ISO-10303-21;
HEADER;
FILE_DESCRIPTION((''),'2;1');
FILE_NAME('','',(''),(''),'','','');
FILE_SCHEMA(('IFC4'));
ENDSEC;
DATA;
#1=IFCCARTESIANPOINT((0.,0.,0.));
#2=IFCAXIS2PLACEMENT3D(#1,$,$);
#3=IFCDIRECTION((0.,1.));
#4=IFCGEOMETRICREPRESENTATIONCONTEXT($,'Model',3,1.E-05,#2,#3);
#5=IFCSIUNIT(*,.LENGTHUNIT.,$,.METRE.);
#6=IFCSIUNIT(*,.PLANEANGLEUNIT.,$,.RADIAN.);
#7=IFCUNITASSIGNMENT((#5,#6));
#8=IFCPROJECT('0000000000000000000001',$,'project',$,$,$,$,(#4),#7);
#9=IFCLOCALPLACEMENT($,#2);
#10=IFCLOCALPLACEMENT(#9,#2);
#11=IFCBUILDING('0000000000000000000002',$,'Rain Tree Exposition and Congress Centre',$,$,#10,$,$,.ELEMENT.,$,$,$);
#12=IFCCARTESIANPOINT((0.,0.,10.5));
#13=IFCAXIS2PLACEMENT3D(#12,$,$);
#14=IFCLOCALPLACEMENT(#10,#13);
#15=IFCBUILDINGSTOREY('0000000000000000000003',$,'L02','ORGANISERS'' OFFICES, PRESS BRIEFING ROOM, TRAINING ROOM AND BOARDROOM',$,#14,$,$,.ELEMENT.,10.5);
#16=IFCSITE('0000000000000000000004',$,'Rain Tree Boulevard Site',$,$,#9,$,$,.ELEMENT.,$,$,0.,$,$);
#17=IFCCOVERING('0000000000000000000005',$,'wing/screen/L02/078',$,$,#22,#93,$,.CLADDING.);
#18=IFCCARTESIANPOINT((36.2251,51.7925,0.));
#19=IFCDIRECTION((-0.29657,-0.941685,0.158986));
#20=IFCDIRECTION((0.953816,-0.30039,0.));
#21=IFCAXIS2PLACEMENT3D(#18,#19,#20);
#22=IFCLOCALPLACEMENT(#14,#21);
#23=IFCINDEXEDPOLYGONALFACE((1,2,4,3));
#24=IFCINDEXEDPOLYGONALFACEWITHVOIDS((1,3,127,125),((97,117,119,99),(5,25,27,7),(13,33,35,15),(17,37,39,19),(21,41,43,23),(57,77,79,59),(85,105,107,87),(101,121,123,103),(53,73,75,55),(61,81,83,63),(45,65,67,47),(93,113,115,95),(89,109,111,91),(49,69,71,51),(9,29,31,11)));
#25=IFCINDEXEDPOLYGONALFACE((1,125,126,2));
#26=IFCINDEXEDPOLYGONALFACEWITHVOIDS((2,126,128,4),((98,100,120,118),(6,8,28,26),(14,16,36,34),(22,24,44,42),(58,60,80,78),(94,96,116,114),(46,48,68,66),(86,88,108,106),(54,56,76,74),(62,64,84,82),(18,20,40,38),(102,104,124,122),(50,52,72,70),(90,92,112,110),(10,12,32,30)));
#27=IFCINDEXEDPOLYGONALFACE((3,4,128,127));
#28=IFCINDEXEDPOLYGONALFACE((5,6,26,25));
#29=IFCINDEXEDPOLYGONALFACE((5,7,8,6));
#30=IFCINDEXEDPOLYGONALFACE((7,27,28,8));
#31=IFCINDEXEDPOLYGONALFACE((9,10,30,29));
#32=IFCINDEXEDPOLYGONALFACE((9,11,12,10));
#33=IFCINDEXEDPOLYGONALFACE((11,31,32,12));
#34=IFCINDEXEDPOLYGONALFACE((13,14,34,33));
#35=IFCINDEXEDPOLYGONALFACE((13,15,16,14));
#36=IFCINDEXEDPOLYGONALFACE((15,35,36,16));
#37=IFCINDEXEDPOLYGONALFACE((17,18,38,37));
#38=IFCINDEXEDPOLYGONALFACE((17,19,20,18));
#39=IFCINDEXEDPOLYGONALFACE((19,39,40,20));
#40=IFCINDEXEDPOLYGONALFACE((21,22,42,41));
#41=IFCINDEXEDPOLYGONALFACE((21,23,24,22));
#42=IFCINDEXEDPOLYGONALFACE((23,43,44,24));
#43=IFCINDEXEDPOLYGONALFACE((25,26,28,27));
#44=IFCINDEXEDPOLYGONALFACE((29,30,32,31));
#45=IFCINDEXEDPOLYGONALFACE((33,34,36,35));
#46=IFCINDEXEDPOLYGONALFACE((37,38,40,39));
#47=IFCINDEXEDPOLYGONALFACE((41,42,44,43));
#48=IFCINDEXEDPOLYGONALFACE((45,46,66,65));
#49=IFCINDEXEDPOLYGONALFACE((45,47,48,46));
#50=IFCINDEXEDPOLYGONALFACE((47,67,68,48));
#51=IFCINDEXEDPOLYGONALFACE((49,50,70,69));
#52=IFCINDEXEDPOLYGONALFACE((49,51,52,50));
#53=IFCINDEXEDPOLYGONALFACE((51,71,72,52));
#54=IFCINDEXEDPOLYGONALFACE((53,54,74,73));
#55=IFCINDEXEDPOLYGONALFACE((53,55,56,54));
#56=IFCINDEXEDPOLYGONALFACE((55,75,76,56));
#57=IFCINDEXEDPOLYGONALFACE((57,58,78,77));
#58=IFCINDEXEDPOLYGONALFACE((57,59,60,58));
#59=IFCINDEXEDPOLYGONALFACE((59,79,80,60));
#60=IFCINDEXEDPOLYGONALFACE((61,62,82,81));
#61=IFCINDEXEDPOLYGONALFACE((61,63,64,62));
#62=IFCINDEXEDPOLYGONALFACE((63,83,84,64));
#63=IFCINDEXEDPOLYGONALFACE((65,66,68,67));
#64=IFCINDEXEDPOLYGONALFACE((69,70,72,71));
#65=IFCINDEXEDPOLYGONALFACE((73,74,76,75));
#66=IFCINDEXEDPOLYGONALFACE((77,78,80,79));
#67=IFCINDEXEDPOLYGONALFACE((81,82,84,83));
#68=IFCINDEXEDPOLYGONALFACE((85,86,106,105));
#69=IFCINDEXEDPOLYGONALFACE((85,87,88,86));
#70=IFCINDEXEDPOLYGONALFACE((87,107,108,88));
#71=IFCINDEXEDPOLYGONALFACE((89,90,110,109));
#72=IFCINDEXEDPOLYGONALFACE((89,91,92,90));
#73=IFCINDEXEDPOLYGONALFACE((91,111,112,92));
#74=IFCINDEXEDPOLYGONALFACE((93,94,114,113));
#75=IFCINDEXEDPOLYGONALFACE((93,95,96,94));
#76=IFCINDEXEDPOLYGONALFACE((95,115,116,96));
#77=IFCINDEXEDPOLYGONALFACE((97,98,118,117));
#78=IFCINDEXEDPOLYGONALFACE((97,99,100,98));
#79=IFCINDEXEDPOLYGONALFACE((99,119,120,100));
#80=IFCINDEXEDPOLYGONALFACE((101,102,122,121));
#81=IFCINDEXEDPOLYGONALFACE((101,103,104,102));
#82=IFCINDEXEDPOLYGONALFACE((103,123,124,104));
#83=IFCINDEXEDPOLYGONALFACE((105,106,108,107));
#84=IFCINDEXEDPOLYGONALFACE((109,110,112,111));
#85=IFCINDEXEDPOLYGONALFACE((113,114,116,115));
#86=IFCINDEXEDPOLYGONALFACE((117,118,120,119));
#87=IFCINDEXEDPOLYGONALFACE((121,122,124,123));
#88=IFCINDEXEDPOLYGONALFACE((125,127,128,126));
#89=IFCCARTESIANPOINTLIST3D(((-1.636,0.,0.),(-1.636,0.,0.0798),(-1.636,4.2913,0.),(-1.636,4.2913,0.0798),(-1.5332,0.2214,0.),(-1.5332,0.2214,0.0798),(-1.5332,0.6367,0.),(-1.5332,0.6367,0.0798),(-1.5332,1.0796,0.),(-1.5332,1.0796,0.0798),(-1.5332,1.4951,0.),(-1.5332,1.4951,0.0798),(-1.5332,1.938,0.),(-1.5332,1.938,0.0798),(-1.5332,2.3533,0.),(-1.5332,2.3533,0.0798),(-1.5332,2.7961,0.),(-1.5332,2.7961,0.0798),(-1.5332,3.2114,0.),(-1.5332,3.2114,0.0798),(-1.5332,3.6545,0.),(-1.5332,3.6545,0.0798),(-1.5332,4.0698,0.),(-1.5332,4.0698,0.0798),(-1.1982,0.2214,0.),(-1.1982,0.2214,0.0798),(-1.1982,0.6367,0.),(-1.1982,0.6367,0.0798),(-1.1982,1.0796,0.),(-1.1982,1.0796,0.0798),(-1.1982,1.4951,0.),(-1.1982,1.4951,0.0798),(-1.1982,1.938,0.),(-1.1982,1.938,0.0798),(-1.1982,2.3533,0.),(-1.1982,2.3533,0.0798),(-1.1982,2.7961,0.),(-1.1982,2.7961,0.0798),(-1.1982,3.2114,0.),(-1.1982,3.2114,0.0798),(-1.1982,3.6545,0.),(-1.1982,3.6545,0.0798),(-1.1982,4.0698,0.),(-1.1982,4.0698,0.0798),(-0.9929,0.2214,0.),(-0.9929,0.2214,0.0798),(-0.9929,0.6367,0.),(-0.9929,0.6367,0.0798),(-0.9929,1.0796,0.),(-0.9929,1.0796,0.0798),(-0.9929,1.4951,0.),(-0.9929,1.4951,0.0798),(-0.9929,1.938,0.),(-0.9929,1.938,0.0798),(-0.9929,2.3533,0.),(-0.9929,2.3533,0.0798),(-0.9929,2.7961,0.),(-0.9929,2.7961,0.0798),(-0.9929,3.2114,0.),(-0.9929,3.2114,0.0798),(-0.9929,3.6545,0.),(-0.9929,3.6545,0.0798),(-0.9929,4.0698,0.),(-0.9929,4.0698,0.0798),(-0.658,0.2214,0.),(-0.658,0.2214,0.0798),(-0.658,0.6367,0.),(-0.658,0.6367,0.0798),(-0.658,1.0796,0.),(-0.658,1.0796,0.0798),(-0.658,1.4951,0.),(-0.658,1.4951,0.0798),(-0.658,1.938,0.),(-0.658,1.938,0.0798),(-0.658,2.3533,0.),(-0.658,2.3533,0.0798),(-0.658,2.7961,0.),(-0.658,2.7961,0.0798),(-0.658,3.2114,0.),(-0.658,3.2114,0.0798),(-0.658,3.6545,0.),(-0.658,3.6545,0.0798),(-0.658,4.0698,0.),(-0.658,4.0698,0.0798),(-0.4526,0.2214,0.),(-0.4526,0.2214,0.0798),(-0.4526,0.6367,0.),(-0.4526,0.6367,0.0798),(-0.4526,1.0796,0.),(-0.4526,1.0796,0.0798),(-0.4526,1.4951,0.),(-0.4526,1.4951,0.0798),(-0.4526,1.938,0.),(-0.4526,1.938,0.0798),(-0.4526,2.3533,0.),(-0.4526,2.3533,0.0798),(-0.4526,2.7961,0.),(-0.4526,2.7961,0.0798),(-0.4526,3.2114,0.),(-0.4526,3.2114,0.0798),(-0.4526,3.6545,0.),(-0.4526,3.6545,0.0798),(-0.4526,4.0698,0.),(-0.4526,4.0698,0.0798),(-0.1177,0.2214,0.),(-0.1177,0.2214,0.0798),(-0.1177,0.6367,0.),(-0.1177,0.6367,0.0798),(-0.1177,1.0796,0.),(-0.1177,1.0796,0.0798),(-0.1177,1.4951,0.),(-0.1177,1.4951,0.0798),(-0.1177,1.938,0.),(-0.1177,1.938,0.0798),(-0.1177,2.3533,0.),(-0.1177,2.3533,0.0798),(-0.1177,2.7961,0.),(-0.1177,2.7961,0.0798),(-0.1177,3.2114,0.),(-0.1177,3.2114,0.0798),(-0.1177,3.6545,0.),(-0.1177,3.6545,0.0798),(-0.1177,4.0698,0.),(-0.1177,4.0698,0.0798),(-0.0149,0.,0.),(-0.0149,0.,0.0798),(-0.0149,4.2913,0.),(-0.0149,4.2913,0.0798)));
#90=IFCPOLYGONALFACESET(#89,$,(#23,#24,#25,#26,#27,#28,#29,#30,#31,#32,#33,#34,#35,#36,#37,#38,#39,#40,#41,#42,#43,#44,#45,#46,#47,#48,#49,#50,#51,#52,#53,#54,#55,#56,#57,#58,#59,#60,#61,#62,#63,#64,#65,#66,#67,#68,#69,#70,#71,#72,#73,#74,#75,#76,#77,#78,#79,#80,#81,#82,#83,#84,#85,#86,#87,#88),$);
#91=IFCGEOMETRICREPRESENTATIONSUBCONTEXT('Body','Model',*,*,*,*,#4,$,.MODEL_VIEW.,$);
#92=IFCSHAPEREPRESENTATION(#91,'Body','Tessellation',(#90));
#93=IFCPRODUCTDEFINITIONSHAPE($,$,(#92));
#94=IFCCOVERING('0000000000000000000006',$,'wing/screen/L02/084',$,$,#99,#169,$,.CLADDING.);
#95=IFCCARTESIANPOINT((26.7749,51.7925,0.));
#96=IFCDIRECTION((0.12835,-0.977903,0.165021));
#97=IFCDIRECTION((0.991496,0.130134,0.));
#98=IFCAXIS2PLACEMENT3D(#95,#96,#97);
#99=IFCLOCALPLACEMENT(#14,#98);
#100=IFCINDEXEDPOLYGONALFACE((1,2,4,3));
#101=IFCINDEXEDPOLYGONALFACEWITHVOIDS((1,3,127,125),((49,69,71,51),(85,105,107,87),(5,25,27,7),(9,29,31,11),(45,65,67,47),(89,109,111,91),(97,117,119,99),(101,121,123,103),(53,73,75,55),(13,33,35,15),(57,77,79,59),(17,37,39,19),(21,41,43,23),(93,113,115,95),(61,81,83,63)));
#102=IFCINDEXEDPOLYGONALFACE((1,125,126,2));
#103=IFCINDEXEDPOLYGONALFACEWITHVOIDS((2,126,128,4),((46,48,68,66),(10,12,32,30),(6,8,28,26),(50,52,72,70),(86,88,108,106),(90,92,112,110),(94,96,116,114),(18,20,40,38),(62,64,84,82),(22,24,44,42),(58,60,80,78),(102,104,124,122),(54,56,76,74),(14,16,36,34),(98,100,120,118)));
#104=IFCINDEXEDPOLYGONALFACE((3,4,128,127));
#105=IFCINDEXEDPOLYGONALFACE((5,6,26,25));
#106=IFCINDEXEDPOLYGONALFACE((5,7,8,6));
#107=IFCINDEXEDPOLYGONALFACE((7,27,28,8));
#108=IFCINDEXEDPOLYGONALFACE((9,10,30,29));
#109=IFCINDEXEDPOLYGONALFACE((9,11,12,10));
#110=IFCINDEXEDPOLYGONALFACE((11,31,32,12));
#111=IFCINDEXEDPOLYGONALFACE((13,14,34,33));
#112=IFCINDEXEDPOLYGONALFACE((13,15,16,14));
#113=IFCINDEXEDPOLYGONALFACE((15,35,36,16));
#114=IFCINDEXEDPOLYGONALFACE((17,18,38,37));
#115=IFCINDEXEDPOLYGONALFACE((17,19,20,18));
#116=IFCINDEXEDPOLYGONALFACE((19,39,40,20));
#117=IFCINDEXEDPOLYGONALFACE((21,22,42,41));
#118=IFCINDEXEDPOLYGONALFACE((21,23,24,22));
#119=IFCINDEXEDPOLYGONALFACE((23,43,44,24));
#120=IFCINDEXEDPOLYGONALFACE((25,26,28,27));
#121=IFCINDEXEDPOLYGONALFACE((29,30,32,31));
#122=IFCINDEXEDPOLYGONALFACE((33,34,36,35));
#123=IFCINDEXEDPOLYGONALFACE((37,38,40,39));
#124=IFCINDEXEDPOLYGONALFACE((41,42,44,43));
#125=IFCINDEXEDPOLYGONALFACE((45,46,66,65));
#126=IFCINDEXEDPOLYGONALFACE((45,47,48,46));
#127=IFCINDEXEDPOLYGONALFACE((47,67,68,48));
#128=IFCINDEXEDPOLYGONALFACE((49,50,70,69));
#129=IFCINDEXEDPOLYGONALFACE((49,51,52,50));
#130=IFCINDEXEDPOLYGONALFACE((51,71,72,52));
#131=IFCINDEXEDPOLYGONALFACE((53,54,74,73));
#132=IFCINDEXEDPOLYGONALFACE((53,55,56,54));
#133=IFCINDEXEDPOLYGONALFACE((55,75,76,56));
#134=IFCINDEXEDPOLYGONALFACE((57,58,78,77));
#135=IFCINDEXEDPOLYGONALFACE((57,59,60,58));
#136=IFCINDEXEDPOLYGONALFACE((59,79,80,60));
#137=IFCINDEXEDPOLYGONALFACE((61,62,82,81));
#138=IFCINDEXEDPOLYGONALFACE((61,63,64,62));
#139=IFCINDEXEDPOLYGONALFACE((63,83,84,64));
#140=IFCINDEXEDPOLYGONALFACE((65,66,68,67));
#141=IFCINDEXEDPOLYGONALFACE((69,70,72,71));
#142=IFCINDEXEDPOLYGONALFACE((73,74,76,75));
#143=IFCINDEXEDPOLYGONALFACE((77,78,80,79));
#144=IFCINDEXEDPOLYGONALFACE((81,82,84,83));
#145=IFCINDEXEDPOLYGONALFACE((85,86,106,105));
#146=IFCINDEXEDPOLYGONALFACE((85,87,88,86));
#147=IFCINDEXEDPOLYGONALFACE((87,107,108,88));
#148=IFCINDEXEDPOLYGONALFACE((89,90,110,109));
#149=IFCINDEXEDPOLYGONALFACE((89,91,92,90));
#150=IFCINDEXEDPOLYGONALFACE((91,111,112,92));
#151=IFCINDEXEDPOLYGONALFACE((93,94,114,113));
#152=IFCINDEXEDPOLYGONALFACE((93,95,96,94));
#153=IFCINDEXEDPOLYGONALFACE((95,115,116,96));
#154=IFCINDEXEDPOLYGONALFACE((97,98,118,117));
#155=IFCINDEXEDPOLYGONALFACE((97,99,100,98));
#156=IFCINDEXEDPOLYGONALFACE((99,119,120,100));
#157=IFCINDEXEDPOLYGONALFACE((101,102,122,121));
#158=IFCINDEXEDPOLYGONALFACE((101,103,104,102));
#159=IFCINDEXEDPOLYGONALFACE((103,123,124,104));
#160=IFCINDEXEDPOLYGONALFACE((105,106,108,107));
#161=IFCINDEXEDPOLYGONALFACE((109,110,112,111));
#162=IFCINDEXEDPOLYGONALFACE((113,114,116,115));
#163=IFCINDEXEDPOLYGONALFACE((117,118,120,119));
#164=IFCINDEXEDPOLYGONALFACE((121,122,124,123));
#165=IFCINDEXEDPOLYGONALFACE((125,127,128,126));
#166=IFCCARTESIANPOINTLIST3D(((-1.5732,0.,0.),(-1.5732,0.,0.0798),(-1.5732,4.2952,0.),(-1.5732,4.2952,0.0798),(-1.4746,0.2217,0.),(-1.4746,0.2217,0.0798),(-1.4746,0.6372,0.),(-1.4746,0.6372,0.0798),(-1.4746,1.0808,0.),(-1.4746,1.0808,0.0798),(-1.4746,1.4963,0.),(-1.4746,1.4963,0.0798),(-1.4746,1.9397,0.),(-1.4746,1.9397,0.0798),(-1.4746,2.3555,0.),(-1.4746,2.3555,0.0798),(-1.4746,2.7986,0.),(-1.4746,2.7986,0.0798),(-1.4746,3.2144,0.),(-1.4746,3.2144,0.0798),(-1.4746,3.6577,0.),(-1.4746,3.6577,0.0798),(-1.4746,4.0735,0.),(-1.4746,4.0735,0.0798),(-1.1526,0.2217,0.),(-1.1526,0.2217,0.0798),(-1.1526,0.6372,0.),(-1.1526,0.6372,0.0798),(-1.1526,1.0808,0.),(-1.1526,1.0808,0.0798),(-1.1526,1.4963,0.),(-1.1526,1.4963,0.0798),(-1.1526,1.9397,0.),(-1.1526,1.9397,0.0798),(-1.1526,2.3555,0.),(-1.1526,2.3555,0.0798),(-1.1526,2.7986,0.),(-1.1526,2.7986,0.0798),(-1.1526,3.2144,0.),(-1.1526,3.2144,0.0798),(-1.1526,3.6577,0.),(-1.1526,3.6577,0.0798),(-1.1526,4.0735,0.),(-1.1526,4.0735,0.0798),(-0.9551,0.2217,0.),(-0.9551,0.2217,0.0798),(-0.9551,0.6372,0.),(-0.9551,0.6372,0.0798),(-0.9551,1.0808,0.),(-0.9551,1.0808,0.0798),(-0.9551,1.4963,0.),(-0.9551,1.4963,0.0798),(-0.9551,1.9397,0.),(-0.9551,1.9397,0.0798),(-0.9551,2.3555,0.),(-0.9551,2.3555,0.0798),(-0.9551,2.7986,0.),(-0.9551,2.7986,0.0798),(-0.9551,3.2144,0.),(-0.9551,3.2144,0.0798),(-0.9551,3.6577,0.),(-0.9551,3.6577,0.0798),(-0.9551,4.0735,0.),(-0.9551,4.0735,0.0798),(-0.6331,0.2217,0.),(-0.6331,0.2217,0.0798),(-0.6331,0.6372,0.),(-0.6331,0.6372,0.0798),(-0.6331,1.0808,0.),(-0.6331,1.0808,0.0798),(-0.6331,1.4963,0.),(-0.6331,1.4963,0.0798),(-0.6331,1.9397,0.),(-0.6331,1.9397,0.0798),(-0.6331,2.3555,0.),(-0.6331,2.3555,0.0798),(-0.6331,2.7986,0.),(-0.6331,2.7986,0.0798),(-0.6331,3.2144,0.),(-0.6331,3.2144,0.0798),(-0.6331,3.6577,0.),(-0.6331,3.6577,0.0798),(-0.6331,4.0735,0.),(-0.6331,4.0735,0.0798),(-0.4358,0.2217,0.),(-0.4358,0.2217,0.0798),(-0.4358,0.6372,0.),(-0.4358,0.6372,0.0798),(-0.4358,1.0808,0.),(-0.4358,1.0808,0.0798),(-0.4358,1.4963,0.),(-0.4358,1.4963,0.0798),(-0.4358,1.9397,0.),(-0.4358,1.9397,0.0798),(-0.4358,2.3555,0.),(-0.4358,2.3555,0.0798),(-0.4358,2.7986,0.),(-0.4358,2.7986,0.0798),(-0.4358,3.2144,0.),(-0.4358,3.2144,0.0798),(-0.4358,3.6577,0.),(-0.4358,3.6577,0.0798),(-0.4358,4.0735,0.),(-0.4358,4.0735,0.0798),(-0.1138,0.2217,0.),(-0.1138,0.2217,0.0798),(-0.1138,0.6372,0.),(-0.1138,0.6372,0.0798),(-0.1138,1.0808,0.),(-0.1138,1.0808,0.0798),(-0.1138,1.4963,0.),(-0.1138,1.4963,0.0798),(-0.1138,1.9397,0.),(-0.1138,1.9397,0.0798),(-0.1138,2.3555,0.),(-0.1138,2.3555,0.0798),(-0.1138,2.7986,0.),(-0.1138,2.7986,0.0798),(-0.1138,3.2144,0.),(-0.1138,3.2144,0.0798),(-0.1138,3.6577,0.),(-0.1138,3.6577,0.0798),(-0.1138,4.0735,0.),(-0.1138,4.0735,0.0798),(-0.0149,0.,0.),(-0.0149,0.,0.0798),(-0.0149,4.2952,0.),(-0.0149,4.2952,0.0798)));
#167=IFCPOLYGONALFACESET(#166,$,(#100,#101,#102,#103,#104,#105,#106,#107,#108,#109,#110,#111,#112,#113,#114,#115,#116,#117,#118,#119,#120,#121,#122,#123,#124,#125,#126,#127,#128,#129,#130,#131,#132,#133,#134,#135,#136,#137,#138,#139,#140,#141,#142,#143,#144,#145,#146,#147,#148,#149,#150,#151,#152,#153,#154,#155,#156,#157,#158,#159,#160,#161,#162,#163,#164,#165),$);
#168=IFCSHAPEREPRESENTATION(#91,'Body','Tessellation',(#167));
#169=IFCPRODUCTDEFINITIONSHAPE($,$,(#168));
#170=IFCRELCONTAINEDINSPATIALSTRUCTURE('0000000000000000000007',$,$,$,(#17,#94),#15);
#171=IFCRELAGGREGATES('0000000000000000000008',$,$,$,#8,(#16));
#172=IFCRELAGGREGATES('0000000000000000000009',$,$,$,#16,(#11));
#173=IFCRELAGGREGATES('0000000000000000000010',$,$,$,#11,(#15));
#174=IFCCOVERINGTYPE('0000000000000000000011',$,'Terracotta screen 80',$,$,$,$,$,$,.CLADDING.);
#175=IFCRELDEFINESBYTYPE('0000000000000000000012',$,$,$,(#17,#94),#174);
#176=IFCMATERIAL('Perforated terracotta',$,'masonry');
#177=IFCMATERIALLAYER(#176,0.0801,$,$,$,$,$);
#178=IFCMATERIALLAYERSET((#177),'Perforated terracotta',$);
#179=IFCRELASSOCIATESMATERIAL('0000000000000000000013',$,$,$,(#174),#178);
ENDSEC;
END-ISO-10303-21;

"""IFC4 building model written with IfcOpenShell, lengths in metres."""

from ifc_helpers import new_model, si_unit, direction, frame, origin, place, context, subcontext, project, spatial, polyline, outline, extrude, material, layer, layer_set, type_object, element, save


model = new_model("IFC4")

# Units and contexts
model_context = context("Model", 3, precision=1e-05, world=origin(), true_north=direction((0.0, 1.0)))
body_context = subcontext(model_context, "Body", "Model", "MODEL_VIEW")
ifc_project = project(units=[si_unit("LENGTHUNIT", "METRE"), si_unit("PLANEANGLEUNIT", "RADIAN")], contexts=[model_context])

# Site, building, storey
site_placement = place(None, origin())
site = spatial("IfcSite", under=ifc_project, at=site_placement, Name="Rain Tree Boulevard Site", CompositionType="ELEMENT", RefElevation=0.0)
building_placement = place(site_placement, origin())
building = spatial("IfcBuilding", under=site, at=building_placement, Name="Rain Tree Exposition and Congress Centre", CompositionType="ELEMENT")
storey_placement = place(building_placement, frame((0.0, 0.0, 10.5)))
storey = spatial("IfcBuildingStorey", under=building, at=storey_placement, Name="L02", Description="ORGANISERS' OFFICES, PRESS BRIEFING ROOM, TRAINING ROOM AND BOARDROOM", CompositionType="ELEMENT", Elevation=10.5)

# Coverings
ifc_material_1 = material(Name="Perforated terracotta", Category="masonry")
ifc_layer_1 = layer(ifc_material_1, 0.0801)
ifc_layer_set_1 = layer_set([ifc_layer_1], Name="Perforated terracotta")
covering_type = type_object("IfcCoveringType", Name="Terracotta screen 80", PredefinedType="CLADDING", material=ifc_layer_set_1)
covering_1_placement = place(storey_placement, frame((36.2251, 51.7925, 0.0), z_axis=(-0.29657, -0.941685, 0.158986), x_axis=(0.953816, -0.30039, 0.0)))
element("IfcCovering", 1, at=covering_1_placement, inside=storey, type_object=covering_type, Name="wing/screen/L02/078", PredefinedType="CLADDING", context=body_context, shape_type="SweptSolid", body=[
    extrude(outline(polyline([(-1.636, 0.0), (-1.636, 4.2913), (-0.0149, 4.2913), (-0.0149, 0.0), (-1.636, 0.0)]), holes=[polyline([(-0.1177, 0.2214), (-0.1177, 0.6367), (-0.4526, 0.6367), (-0.4526, 0.2214), (-0.1177, 0.2214)]), polyline([(-0.1177, 1.0796), (-0.1177, 1.4951), (-0.4526, 1.4951), (-0.4526, 1.0796), (-0.1177, 1.0796)]), polyline([(-0.1177, 1.938), (-0.1177, 2.3533), (-0.4526, 2.3533), (-0.4526, 1.938), (-0.1177, 1.938)]), polyline([(-0.1177, 2.7961), (-0.1177, 3.2114), (-0.4526, 3.2114), (-0.4526, 2.7961), (-0.1177, 2.7961)]), polyline([(-0.1177, 3.6545), (-0.1177, 4.0698), (-0.4526, 4.0698), (-0.4526, 3.6545), (-0.1177, 3.6545)]), polyline([(-0.658, 0.2214), (-0.658, 0.6367), (-0.9929, 0.6367), (-0.9929, 0.2214), (-0.658, 0.2214)]), polyline([(-0.658, 1.0796), (-0.658, 1.4951), (-0.9929, 1.4951), (-0.9929, 1.0796), (-0.658, 1.0796)]), polyline([(-0.658, 1.938), (-0.658, 2.3533), (-0.9929, 2.3533), (-0.9929, 1.938), (-0.658, 1.938)]), polyline([(-0.658, 2.7961), (-0.658, 3.2114), (-0.9929, 3.2114), (-0.9929, 2.7961), (-0.658, 2.7961)]), polyline([(-0.658, 3.6545), (-0.658, 4.0698), (-0.9929, 4.0698), (-0.9929, 3.6545), (-0.658, 3.6545)]), polyline([(-1.1982, 0.2214), (-1.1982, 0.6367), (-1.5332, 0.6367), (-1.5332, 0.2214), (-1.1982, 0.2214)]), polyline([(-1.1982, 1.0796), (-1.1982, 1.4951), (-1.5332, 1.4951), (-1.5332, 1.0796), (-1.1982, 1.0796)]), polyline([(-1.1982, 1.938), (-1.1982, 2.3533), (-1.5332, 2.3533), (-1.5332, 1.938), (-1.1982, 1.938)]), polyline([(-1.1982, 2.7961), (-1.1982, 3.2114), (-1.5332, 3.2114), (-1.5332, 2.7961), (-1.1982, 2.7961)]), polyline([(-1.1982, 3.6545), (-1.1982, 4.0698), (-1.5332, 4.0698), (-1.5332, 3.6545), (-1.1982, 3.6545)])]), origin(), (0.0, 0.0, 1.0), 0.0798),
])
covering_2_placement = place(storey_placement, frame((26.7749, 51.7925, 0.0), z_axis=(0.12835, -0.977903, 0.165021), x_axis=(0.991496, 0.130134, 0.0)))
element("IfcCovering", 2, at=covering_2_placement, inside=storey, type_object=covering_type, Name="wing/screen/L02/084", PredefinedType="CLADDING", context=body_context, shape_type="SweptSolid", body=[
    extrude(outline(polyline([(-1.5732, 0.0), (-1.5732, 4.2952), (-0.0149, 4.2952), (-0.0149, 0.0), (-1.5732, 0.0)]), holes=[polyline([(-0.1138, 0.2217), (-0.1138, 0.6372), (-0.4358, 0.6372), (-0.4358, 0.2217), (-0.1138, 0.2217)]), polyline([(-0.1138, 1.0808), (-0.1138, 1.4963), (-0.4358, 1.4963), (-0.4358, 1.0808), (-0.1138, 1.0808)]), polyline([(-0.1138, 1.9397), (-0.1138, 2.3555), (-0.4358, 2.3555), (-0.4358, 1.9397), (-0.1138, 1.9397)]), polyline([(-0.1138, 2.7986), (-0.1138, 3.2144), (-0.4358, 3.2144), (-0.4358, 2.7986), (-0.1138, 2.7986)]), polyline([(-0.1138, 3.6577), (-0.1138, 4.0735), (-0.4358, 4.0735), (-0.4358, 3.6577), (-0.1138, 3.6577)]), polyline([(-0.6331, 0.2217), (-0.6331, 0.6372), (-0.9551, 0.6372), (-0.9551, 0.2217), (-0.6331, 0.2217)]), polyline([(-0.6331, 1.0808), (-0.6331, 1.4963), (-0.9551, 1.4963), (-0.9551, 1.0808), (-0.6331, 1.0808)]), polyline([(-0.6331, 1.9397), (-0.6331, 2.3555), (-0.9551, 2.3555), (-0.9551, 1.9397), (-0.6331, 1.9397)]), polyline([(-0.6331, 2.7986), (-0.6331, 3.2144), (-0.9551, 3.2144), (-0.9551, 2.7986), (-0.6331, 2.7986)]), polyline([(-0.6331, 3.6577), (-0.6331, 4.0735), (-0.9551, 4.0735), (-0.9551, 3.6577), (-0.6331, 3.6577)]), polyline([(-1.1526, 0.2217), (-1.1526, 0.6372), (-1.4746, 0.6372), (-1.4746, 0.2217), (-1.1526, 0.2217)]), polyline([(-1.1526, 1.0808), (-1.1526, 1.4963), (-1.4746, 1.4963), (-1.4746, 1.0808), (-1.1526, 1.0808)]), polyline([(-1.1526, 1.9397), (-1.1526, 2.3555), (-1.4746, 2.3555), (-1.4746, 1.9397), (-1.1526, 1.9397)]), polyline([(-1.1526, 2.7986), (-1.1526, 3.2144), (-1.4746, 3.2144), (-1.4746, 2.7986), (-1.1526, 2.7986)]), polyline([(-1.1526, 3.6577), (-1.1526, 4.0735), (-1.4746, 4.0735), (-1.4746, 3.6577), (-1.1526, 3.6577)])]), origin(), (0.0, 0.0, 1.0), 0.0798),
])

save(model, "model.ifc")
